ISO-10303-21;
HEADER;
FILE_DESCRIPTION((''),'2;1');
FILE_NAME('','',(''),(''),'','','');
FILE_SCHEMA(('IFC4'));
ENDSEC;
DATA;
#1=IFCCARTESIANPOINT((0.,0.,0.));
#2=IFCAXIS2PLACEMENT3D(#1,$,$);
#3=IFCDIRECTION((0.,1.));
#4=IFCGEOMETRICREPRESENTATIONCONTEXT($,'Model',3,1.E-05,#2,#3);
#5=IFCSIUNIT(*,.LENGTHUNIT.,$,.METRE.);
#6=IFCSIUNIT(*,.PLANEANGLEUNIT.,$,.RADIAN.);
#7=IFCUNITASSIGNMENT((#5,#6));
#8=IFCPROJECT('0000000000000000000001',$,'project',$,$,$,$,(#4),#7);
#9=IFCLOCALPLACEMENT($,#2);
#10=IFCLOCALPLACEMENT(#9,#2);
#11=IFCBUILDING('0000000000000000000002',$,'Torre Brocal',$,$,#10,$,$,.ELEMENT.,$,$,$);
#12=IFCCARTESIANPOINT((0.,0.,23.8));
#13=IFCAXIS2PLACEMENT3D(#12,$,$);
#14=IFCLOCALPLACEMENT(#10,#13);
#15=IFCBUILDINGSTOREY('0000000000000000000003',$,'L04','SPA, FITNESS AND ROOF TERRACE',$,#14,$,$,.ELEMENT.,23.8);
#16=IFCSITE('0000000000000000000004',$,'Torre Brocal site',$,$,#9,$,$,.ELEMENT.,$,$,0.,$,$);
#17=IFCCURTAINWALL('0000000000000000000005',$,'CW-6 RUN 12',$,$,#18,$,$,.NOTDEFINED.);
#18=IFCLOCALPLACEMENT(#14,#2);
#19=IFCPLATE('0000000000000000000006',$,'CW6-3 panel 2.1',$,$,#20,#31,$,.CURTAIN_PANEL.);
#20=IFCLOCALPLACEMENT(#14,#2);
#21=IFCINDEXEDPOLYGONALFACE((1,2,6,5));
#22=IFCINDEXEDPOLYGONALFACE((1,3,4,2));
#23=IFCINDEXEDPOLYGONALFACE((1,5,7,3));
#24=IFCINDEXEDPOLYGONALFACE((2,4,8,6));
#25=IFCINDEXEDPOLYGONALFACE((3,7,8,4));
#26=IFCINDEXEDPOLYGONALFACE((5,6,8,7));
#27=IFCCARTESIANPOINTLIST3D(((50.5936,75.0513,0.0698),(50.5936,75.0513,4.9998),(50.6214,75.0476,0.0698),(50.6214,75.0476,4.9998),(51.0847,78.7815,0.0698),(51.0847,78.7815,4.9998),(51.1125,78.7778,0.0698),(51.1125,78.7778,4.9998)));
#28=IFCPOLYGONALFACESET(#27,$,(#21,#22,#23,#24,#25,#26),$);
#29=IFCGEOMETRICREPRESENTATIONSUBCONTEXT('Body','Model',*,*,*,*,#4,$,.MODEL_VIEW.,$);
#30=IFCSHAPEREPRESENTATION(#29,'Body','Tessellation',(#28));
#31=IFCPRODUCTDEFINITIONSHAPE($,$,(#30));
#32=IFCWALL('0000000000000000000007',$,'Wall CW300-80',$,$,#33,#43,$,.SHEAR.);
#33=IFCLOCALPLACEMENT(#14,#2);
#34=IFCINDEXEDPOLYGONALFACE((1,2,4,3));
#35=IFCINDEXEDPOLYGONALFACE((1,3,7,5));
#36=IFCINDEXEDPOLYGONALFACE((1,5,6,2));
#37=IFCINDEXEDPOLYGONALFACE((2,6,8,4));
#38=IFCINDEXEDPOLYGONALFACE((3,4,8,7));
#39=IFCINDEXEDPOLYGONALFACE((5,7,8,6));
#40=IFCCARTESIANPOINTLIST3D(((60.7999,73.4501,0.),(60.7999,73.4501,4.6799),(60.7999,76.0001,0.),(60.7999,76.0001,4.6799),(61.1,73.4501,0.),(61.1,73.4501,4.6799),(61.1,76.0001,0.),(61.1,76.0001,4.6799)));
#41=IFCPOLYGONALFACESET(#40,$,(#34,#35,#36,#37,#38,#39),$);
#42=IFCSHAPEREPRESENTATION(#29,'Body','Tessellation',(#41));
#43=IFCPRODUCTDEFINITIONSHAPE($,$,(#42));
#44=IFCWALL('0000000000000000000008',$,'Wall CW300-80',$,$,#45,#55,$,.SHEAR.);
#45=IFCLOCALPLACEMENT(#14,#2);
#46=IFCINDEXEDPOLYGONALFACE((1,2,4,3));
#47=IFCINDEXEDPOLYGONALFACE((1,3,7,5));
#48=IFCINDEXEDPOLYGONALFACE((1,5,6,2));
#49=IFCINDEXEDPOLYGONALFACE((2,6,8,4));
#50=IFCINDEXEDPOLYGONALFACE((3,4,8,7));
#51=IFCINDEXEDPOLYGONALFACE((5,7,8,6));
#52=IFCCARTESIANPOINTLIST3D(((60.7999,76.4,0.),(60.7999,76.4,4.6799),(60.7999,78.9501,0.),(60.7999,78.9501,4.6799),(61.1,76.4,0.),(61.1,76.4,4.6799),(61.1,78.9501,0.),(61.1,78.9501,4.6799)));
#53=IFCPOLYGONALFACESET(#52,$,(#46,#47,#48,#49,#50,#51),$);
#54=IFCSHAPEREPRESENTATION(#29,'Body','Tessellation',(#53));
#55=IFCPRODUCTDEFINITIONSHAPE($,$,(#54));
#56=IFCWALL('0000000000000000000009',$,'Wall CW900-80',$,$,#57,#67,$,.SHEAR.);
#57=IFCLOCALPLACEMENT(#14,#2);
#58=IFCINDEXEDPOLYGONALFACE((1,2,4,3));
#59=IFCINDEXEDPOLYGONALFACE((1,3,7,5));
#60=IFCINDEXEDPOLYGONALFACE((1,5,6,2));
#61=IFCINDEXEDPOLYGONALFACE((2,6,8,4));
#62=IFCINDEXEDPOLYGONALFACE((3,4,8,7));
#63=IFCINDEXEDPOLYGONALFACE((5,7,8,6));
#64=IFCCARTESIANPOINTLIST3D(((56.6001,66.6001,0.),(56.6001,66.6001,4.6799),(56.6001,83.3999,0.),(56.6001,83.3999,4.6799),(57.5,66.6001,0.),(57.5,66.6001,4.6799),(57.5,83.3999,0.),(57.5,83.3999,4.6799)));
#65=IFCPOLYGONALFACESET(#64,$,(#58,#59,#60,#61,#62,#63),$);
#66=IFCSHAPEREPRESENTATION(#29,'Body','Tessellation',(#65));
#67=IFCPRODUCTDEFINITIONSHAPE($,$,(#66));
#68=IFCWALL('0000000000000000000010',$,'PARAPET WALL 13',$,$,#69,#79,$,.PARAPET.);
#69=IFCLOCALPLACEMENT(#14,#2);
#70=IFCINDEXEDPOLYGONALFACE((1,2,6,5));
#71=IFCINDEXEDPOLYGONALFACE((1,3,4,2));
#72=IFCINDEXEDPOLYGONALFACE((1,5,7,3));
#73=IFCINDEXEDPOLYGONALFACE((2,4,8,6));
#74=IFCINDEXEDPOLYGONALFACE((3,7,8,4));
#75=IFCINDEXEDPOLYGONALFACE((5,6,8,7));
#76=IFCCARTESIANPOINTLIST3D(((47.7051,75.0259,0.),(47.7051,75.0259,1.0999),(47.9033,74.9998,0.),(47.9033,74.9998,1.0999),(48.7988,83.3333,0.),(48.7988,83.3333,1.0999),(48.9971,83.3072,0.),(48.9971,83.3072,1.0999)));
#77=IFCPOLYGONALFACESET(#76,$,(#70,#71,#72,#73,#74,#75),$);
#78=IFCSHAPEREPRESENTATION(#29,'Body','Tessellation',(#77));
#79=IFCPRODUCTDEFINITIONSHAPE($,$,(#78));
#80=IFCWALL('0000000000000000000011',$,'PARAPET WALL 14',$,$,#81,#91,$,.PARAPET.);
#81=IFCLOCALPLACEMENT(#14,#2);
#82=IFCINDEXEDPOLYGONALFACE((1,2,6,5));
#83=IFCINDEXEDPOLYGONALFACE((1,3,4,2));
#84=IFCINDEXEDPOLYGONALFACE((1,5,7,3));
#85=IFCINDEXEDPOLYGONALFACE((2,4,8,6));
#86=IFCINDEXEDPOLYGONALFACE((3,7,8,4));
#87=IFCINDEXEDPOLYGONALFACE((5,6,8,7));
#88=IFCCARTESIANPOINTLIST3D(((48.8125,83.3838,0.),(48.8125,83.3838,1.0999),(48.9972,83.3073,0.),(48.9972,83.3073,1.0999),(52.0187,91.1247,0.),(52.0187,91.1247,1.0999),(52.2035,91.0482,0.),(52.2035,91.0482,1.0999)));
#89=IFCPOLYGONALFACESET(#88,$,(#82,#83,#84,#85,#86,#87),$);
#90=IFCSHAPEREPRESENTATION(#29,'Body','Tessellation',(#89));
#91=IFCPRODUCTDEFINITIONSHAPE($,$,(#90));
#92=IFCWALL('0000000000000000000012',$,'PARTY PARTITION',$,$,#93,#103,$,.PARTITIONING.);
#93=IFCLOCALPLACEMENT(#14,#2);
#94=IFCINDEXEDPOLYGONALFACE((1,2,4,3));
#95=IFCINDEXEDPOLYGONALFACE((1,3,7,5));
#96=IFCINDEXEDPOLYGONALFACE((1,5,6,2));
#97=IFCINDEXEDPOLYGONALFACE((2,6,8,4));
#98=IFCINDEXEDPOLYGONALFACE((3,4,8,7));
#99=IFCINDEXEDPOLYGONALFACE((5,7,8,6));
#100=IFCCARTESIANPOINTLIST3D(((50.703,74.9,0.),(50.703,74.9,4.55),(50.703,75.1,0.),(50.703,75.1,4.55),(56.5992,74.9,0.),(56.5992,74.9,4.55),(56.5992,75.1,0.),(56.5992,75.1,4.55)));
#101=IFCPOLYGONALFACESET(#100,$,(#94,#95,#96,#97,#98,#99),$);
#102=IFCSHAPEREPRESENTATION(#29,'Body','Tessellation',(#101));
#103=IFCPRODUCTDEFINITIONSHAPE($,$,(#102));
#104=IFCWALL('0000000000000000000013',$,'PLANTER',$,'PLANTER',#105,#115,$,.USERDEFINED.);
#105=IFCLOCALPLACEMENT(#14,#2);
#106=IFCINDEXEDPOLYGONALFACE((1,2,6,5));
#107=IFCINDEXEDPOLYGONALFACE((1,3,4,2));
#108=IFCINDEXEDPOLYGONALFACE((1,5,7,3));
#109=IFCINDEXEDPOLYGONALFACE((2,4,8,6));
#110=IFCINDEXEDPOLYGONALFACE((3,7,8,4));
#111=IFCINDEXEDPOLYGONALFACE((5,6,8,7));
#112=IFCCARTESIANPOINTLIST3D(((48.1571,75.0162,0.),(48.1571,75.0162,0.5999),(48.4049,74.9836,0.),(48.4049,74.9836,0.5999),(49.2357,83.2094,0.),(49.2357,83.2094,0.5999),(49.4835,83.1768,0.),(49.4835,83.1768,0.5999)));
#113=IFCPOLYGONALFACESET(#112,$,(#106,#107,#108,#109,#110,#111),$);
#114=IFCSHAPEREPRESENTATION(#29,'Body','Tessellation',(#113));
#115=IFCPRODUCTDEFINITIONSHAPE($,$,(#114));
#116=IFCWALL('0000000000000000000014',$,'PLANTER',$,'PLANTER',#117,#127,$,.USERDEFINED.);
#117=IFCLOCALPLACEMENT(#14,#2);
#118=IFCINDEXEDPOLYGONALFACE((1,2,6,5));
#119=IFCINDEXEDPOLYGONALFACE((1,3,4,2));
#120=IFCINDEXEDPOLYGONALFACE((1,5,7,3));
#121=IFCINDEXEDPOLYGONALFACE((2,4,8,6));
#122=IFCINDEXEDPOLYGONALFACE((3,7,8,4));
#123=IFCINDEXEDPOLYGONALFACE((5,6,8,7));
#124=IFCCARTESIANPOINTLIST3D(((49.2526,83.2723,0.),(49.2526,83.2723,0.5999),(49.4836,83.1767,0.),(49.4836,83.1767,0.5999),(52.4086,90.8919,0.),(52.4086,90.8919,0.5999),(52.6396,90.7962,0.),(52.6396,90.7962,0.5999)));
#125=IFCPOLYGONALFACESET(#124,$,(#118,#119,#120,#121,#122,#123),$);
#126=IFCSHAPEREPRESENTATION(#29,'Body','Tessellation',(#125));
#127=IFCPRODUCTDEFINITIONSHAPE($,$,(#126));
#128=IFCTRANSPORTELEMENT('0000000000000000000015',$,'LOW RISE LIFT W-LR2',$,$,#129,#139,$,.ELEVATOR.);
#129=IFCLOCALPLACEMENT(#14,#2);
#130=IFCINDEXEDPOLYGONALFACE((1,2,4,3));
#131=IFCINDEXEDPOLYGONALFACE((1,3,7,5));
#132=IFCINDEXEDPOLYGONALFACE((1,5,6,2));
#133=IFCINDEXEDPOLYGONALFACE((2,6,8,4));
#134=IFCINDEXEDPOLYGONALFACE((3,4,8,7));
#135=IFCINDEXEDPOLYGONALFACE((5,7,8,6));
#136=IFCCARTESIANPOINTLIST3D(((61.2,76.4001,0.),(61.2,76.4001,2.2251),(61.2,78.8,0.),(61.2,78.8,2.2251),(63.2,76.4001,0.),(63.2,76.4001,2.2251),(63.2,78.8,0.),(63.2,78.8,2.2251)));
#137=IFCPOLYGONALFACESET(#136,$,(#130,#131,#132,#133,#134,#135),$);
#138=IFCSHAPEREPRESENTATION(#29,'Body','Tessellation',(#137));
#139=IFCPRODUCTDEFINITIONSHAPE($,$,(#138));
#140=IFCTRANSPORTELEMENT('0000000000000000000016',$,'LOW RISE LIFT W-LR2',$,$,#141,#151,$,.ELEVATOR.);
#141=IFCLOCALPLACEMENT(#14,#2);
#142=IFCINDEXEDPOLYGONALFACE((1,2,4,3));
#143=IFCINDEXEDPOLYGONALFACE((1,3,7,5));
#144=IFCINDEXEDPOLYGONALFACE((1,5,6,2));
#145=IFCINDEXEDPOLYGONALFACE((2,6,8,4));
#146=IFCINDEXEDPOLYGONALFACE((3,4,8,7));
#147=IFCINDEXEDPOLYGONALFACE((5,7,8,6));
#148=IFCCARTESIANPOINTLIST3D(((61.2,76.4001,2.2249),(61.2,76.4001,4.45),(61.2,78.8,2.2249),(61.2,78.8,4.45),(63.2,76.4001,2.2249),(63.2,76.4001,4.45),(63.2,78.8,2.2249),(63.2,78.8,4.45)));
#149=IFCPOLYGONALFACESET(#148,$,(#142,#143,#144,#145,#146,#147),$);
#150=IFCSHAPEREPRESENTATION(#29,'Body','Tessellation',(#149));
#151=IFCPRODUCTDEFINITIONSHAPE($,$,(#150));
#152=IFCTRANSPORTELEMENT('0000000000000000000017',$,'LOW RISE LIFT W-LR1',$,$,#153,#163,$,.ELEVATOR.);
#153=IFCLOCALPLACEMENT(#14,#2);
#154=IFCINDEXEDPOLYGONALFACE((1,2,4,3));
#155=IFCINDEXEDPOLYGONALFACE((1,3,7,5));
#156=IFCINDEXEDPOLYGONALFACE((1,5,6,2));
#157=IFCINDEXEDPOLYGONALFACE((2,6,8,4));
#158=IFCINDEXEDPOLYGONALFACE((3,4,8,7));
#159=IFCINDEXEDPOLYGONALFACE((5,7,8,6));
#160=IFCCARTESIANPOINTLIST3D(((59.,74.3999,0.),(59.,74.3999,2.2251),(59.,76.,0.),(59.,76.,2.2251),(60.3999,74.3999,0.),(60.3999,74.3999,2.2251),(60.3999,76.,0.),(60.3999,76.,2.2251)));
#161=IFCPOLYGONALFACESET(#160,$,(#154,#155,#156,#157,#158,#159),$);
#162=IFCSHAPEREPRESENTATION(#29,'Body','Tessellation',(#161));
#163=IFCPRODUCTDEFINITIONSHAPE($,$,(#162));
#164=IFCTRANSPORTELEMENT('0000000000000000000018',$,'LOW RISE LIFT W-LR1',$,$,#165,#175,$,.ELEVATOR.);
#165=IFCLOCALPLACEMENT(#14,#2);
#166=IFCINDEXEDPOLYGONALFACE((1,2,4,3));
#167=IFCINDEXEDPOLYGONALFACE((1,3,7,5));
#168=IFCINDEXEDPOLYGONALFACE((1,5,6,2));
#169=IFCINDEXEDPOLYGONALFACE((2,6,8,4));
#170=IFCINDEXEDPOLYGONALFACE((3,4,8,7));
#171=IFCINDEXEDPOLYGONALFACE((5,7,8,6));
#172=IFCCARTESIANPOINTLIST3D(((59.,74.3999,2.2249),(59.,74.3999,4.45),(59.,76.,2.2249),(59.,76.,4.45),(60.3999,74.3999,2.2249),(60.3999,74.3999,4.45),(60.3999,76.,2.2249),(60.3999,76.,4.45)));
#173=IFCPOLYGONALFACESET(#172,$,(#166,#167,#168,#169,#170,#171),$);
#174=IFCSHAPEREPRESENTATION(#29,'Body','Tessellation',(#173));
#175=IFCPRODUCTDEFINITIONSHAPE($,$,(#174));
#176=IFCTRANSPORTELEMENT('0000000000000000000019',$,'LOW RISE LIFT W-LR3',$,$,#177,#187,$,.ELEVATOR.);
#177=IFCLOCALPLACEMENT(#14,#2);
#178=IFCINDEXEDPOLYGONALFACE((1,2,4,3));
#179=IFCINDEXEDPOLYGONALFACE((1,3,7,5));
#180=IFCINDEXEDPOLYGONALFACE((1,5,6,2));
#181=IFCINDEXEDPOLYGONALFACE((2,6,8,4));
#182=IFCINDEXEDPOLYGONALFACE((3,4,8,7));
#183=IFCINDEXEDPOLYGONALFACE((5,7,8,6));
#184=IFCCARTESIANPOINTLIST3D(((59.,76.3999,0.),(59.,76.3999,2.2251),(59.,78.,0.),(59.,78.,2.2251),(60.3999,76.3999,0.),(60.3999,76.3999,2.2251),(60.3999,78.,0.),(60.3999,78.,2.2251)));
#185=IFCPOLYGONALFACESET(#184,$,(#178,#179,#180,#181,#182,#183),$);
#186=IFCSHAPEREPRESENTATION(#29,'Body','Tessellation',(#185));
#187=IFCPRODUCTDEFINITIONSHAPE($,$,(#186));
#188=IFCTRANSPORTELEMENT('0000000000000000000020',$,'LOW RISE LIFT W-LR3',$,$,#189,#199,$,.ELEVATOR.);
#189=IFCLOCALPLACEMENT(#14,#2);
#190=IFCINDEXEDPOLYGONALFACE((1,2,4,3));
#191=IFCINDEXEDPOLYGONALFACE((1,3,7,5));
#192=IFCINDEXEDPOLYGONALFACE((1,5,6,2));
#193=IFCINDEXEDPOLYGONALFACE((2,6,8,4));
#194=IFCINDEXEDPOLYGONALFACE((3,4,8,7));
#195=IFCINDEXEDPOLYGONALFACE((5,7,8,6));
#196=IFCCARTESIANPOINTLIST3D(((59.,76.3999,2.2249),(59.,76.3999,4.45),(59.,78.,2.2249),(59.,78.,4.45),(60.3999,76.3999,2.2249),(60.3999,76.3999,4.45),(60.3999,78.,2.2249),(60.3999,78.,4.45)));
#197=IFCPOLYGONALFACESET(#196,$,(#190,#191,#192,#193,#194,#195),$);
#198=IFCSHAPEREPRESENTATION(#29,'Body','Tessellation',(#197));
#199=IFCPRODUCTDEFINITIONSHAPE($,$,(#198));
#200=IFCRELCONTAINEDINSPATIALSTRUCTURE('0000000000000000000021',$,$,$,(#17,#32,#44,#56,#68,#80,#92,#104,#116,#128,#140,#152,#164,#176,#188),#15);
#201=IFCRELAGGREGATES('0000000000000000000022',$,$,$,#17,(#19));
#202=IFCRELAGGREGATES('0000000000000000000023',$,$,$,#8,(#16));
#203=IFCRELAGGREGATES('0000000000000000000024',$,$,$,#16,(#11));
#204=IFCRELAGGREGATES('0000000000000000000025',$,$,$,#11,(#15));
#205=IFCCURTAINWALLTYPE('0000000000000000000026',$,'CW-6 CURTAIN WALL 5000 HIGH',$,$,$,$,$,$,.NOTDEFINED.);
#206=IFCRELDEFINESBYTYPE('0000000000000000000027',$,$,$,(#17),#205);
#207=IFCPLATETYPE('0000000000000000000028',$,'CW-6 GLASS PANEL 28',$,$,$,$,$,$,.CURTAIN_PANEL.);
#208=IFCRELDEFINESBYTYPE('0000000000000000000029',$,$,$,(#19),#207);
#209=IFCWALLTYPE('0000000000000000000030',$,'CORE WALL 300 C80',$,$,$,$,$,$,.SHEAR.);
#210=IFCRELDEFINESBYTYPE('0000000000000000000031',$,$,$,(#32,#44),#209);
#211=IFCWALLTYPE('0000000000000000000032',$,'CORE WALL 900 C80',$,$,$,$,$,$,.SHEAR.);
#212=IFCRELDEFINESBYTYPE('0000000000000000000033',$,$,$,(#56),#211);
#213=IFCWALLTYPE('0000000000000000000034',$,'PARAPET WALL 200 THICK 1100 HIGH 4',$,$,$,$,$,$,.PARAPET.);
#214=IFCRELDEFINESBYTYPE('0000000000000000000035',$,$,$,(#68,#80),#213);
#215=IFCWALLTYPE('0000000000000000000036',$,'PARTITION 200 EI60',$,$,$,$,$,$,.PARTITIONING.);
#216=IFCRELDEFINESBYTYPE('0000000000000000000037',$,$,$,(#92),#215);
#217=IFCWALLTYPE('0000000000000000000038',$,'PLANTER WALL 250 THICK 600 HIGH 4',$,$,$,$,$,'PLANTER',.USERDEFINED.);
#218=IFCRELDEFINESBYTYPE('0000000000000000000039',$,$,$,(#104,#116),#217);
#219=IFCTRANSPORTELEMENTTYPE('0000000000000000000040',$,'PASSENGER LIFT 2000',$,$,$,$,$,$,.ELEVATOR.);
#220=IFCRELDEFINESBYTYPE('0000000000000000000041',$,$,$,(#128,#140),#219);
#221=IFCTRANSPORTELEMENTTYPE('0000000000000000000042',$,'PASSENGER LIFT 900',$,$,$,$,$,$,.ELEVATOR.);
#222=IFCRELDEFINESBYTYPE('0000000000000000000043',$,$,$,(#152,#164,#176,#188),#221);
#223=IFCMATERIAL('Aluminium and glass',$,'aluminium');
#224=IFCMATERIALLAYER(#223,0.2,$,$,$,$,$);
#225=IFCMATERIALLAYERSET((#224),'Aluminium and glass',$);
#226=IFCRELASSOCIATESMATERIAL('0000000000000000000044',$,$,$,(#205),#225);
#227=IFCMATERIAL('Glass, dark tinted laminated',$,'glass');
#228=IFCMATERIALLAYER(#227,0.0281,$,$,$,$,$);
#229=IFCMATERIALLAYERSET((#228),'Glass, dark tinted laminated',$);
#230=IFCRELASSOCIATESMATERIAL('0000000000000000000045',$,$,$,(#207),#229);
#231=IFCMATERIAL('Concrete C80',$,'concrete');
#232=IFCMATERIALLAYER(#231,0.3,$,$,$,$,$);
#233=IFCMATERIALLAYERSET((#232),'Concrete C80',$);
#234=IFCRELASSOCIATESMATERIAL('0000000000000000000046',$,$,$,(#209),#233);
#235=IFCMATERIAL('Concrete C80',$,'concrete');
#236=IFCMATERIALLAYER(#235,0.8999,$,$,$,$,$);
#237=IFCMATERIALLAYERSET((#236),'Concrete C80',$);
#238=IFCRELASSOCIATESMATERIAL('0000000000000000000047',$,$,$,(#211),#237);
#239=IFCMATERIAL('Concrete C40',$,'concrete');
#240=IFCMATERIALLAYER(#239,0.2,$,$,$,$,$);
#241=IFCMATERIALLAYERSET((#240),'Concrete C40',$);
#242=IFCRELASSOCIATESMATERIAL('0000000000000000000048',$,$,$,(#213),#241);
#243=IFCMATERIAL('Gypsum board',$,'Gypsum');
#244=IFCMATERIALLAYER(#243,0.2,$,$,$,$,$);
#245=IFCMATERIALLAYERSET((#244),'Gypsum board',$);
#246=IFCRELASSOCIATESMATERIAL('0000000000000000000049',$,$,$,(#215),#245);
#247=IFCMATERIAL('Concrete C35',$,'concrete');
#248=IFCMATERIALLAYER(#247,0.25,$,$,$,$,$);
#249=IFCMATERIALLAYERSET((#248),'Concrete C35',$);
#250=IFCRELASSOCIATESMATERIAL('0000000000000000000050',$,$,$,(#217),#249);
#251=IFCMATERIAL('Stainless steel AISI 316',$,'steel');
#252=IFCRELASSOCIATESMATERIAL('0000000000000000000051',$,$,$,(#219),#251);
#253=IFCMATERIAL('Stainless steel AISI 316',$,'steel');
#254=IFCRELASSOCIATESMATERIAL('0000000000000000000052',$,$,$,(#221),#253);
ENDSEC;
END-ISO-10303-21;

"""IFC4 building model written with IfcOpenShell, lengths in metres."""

from ifc_helpers import new_model, si_unit, direction, frame, frame_2d, origin, origin_2d, place, context, subcontext, project, spatial, rectangle, extrude, material, layer, layer_set, type_object, element, aggregate, save


model = new_model("IFC4")

# Units and contexts
model_context = context("Model", 3, precision=1e-05, world=origin(), true_north=direction((0.0, 1.0)))
body_context = subcontext(model_context, "Body", "Model", "MODEL_VIEW")
ifc_project = project(units=[si_unit("LENGTHUNIT", "METRE"), si_unit("PLANEANGLEUNIT", "RADIAN")], contexts=[model_context])

# Site, building, storey
site_placement = place(None, origin())
site = spatial("IfcSite", under=ifc_project, at=site_placement, Name="Torre Brocal site", CompositionType="ELEMENT", RefElevation=0.0)
building_placement = place(site_placement, origin())
building = spatial("IfcBuilding", under=site, at=building_placement, Name="Torre Brocal", CompositionType="ELEMENT")
storey_placement = place(building_placement, frame((0.0, 0.0, 23.8)))
storey = spatial("IfcBuildingStorey", under=building, at=storey_placement, Name="L04", Description="SPA, FITNESS AND ROOF TERRACE", CompositionType="ELEMENT", Elevation=23.8)

# Shared definitions
ifc_material_1 = material(Name="Aluminium and glass", Category="aluminium")
ifc_layer_1 = layer(ifc_material_1, 0.2)
ifc_layer_set_1 = layer_set([ifc_layer_1], Name="Aluminium and glass")
curtain_wall_type = type_object("IfcCurtainWallType", Name="CW-6 CURTAIN WALL 5000 HIGH", PredefinedType="NOTDEFINED", material=ifc_layer_set_1)

# Curtain wall
curtain_wall_1_placement = place(storey_placement, origin())
curtain_wall_1 = element("IfcCurtainWall", 1, at=curtain_wall_1_placement, inside=storey, type_object=curtain_wall_type, Name="CW-6 RUN 12", PredefinedType="NOTDEFINED")

# Plate
ifc_material_2 = material(Name="Glass, dark tinted laminated", Category="glass")
ifc_layer_2 = layer(ifc_material_2, 0.0281)
ifc_layer_set_2 = layer_set([ifc_layer_2], Name="Glass, dark tinted laminated")
plate_type = type_object("IfcPlateType", Name="CW-6 GLASS PANEL 28", PredefinedType="CURTAIN_PANEL", material=ifc_layer_set_2)
plate_1_placement = place(storey_placement, frame((50.853, 76.9146, 0.0698), z_axis=(0.0, 0.0, 1.0), x_axis=(-0.130526, -0.991445, 0.0)))
plate_1 = element("IfcPlate", 2, at=plate_1_placement, type_object=plate_type, Name="CW6-3 panel 2.1", PredefinedType="CURTAIN_PANEL", context=body_context, shape_type="SweptSolid", body=[
    extrude(rectangle(XDim=3.7625, YDim=0.0281, at=origin_2d()), origin(), (0.0, 0.0, 1.0), 4.9299),
])
aggregate(curtain_wall_1, [plate_1])

# Walls
ifc_material_3 = material(Name="Concrete C80", Category="concrete")
ifc_layer_3 = layer(ifc_material_3, 0.3)
ifc_layer_set_3 = layer_set([ifc_layer_3], Name="Concrete C80")
wall_type_1 = type_object("IfcWallType", Name="CORE WALL 300 C80", PredefinedType="SHEAR", material=ifc_layer_set_3)
for number, where, z_axis, x_axis, name in (
    (3, (60.95, 76.0, 0.0), (0.0, 0.0, 1.0), (0.0, -1.0, 0.0), "Wall CW300-80"),
    (4, (60.95, 78.95, 0.0), (0.0, 0.0, 1.0), (0.0, -1.0, 0.0), "Wall CW300-80"),
):
    element("IfcWall", number, at=place(storey_placement, frame(where, z_axis=z_axis, x_axis=x_axis)), inside=storey, type_object=wall_type_1, Name=name, PredefinedType="SHEAR", context=body_context, shape_type="SweptSolid", body=[
        extrude(rectangle(XDim=2.55, YDim=0.3, at=frame_2d((1.2749, 0.0))), origin(), (0.0, 0.0, 1.0), 4.6799),
    ])
ifc_material_4 = material(Name="Concrete C80", Category="concrete")
ifc_layer_4 = layer(ifc_material_4, 0.8999)
ifc_layer_set_4 = layer_set([ifc_layer_4], Name="Concrete C80")
wall_type_2 = type_object("IfcWallType", Name="CORE WALL 900 C80", PredefinedType="SHEAR", material=ifc_layer_set_4)
wall_1_placement = place(storey_placement, frame((57.05, 83.3999, 0.0), z_axis=(0.0, 0.0, 1.0), x_axis=(0.0, -1.0, 0.0)))
element("IfcWall", 5, at=wall_1_placement, inside=storey, type_object=wall_type_2, Name="Wall CW900-80", PredefinedType="SHEAR", context=body_context, shape_type="SweptSolid", body=[
    extrude(rectangle(XDim=16.7998, YDim=0.8999, at=frame_2d((8.3999, 0.0))), origin(), (0.0, 0.0, 1.0), 4.6799),
])

# Walls
ifc_material_5 = material(Name="Concrete C40", Category="concrete")
ifc_layer_5 = layer(ifc_material_5, 0.2)
ifc_layer_set_5 = layer_set([ifc_layer_5], Name="Concrete C40")
wall_type_3 = type_object("IfcWallType", Name="PARAPET WALL 200 THICK 1100 HIGH 4", PredefinedType="PARAPET", material=ifc_layer_set_5)
wall_2_placement = place(storey_placement, frame((47.8042, 75.0129, 0.0), z_axis=(0.0, 0.0, 1.0), x_axis=(0.130534, 0.991444, 0.0)))
element("IfcWall", 6, at=wall_2_placement, inside=storey, type_object=wall_type_3, Name="PARAPET WALL 13", PredefinedType="PARAPET", context=body_context, shape_type="SweptSolid", body=[
    extrude(rectangle(XDim=8.3792, YDim=0.2, at=frame_2d((4.1895, 0.0))), origin(), (0.0, 0.0, 1.0), 1.0999),
])
wall_3_placement = place(storey_placement, frame((48.9048, 83.3455, 0.0), z_axis=(0.0, 0.0, 1.0), x_axis=(0.382672, 0.923884, 0.0)))
element("IfcWall", 7, at=wall_3_placement, inside=storey, type_object=wall_type_3, Name="PARAPET WALL 14", PredefinedType="PARAPET", context=body_context, shape_type="SweptSolid", body=[
    extrude(rectangle(XDim=8.3787, YDim=0.2, at=frame_2d((4.1895, 0.0))), origin(), (0.0, 0.0, 1.0), 1.0999),
])
ifc_material_6 = material(Name="Gypsum board", Category="Gypsum")
ifc_layer_6 = layer(ifc_material_6, 0.2)
ifc_layer_set_6 = layer_set([ifc_layer_6], Name="Gypsum board")
wall_type_4 = type_object("IfcWallType", Name="PARTITION 200 EI60", PredefinedType="PARTITIONING", material=ifc_layer_set_6)
wall_4_placement = place(storey_placement, frame((50.7029, 75.0, 0.0), z_axis=(0.0, 0.0, 1.0), x_axis=(1.0, 0.0, 0.0)))
element("IfcWall", 8, at=wall_4_placement, inside=storey, type_object=wall_type_4, Name="PARTY PARTITION", PredefinedType="PARTITIONING", context=body_context, shape_type="SweptSolid", body=[
    extrude(rectangle(XDim=5.8962, YDim=0.2, at=frame_2d((2.9482, 0.0))), origin(), (0.0, 0.0, 1.0), 4.55),
])
ifc_material_7 = material(Name="Concrete C35", Category="concrete")
ifc_layer_7 = layer(ifc_material_7, 0.25)
ifc_layer_set_7 = layer_set([ifc_layer_7], Name="Concrete C35")
wall_type_5 = type_object("IfcWallType", Name="PLANTER WALL 250 THICK 600 HIGH 4", ElementType="PLANTER", PredefinedType="USERDEFINED", material=ifc_layer_set_7)
wall_5_placement = place(storey_placement, frame((48.281, 75.0, 0.0), z_axis=(0.0, 0.0, 1.0), x_axis=(0.130523, 0.991445, 0.0)))
element("IfcWall", 9, at=wall_5_placement, inside=storey, type_object=wall_type_5, Name="PLANTER", ObjectType="PLANTER", PredefinedType="USERDEFINED", context=body_context, shape_type="SweptSolid", body=[
    extrude(rectangle(XDim=8.2639, YDim=0.25, at=frame_2d((4.1318, 0.0))), origin(), (0.0, 0.0, 1.0), 0.5999),
])
wall_6_placement = place(storey_placement, frame((49.3682, 83.2246, 0.0), z_axis=(0.0, 0.0, 1.0), x_axis=(0.382668, 0.923886, 0.0)))
element("IfcWall", 10, at=wall_6_placement, inside=storey, type_object=wall_type_5, Name="PLANTER", ObjectType="PLANTER", PredefinedType="USERDEFINED", context=body_context, shape_type="SweptSolid", body=[
    extrude(rectangle(XDim=8.2473, YDim=0.25, at=frame_2d((4.1235, 0.0))), origin(), (0.0, 0.0, 1.0), 0.5999),
])

# Transport elements
ifc_material_8 = material(Name="Stainless steel AISI 316", Category="steel")
transport_element_type_1 = type_object("IfcTransportElementType", Name="PASSENGER LIFT 2000", PredefinedType="ELEVATOR", material=ifc_material_8)
for number, where, z_axis, x_axis, name in (
    (11, (62.2, 77.6001, 0.0), (0.0, 0.0, 1.0), (1.0, 0.0, 0.0), "LOW RISE LIFT W-LR2"),
    (12, (62.2, 77.6001, 2.2249), (0.0, 0.0, 1.0), (1.0, 0.0, 0.0), "LOW RISE LIFT W-LR2"),
):
    element("IfcTransportElement", number, at=place(storey_placement, frame(where, z_axis=z_axis, x_axis=x_axis)), inside=storey, type_object=transport_element_type_1, Name=name, PredefinedType="ELEVATOR", context=body_context, shape_type="SweptSolid", body=[
        extrude(rectangle(XDim=2.0, YDim=2.3999, at=origin_2d()), origin(), (0.0, 0.0, 1.0), 2.2251),
    ])
ifc_material_9 = material(Name="Stainless steel AISI 316", Category="steel")
transport_element_type_2 = type_object("IfcTransportElementType", Name="PASSENGER LIFT 900", PredefinedType="ELEVATOR", material=ifc_material_9)
for number, where, z_axis, x_axis, name in (
    (13, (59.7, 75.2, 0.0), (0.0, 0.0, 1.0), (1.0, 0.0, 0.0), "LOW RISE LIFT W-LR1"),
    (14, (59.7, 75.2, 2.2249), (0.0, 0.0, 1.0), (1.0, 0.0, 0.0), "LOW RISE LIFT W-LR1"),
    (15, (59.7, 77.2, 0.0), (0.0, 0.0, 1.0), (1.0, 0.0, 0.0), "LOW RISE LIFT W-LR3"),
    (16, (59.7, 77.2, 2.2249), (0.0, 0.0, 1.0), (1.0, 0.0, 0.0), "LOW RISE LIFT W-LR3"),
):
    element("IfcTransportElement", number, at=place(storey_placement, frame(where, z_axis=z_axis, x_axis=x_axis)), inside=storey, type_object=transport_element_type_2, Name=name, PredefinedType="ELEVATOR", context=body_context, shape_type="SweptSolid", body=[
        extrude(rectangle(XDim=1.3999, YDim=1.6001, at=origin_2d()), origin(), (0.0, 0.0, 1.0), 2.2251),
    ])

save(model, "model.ifc")
